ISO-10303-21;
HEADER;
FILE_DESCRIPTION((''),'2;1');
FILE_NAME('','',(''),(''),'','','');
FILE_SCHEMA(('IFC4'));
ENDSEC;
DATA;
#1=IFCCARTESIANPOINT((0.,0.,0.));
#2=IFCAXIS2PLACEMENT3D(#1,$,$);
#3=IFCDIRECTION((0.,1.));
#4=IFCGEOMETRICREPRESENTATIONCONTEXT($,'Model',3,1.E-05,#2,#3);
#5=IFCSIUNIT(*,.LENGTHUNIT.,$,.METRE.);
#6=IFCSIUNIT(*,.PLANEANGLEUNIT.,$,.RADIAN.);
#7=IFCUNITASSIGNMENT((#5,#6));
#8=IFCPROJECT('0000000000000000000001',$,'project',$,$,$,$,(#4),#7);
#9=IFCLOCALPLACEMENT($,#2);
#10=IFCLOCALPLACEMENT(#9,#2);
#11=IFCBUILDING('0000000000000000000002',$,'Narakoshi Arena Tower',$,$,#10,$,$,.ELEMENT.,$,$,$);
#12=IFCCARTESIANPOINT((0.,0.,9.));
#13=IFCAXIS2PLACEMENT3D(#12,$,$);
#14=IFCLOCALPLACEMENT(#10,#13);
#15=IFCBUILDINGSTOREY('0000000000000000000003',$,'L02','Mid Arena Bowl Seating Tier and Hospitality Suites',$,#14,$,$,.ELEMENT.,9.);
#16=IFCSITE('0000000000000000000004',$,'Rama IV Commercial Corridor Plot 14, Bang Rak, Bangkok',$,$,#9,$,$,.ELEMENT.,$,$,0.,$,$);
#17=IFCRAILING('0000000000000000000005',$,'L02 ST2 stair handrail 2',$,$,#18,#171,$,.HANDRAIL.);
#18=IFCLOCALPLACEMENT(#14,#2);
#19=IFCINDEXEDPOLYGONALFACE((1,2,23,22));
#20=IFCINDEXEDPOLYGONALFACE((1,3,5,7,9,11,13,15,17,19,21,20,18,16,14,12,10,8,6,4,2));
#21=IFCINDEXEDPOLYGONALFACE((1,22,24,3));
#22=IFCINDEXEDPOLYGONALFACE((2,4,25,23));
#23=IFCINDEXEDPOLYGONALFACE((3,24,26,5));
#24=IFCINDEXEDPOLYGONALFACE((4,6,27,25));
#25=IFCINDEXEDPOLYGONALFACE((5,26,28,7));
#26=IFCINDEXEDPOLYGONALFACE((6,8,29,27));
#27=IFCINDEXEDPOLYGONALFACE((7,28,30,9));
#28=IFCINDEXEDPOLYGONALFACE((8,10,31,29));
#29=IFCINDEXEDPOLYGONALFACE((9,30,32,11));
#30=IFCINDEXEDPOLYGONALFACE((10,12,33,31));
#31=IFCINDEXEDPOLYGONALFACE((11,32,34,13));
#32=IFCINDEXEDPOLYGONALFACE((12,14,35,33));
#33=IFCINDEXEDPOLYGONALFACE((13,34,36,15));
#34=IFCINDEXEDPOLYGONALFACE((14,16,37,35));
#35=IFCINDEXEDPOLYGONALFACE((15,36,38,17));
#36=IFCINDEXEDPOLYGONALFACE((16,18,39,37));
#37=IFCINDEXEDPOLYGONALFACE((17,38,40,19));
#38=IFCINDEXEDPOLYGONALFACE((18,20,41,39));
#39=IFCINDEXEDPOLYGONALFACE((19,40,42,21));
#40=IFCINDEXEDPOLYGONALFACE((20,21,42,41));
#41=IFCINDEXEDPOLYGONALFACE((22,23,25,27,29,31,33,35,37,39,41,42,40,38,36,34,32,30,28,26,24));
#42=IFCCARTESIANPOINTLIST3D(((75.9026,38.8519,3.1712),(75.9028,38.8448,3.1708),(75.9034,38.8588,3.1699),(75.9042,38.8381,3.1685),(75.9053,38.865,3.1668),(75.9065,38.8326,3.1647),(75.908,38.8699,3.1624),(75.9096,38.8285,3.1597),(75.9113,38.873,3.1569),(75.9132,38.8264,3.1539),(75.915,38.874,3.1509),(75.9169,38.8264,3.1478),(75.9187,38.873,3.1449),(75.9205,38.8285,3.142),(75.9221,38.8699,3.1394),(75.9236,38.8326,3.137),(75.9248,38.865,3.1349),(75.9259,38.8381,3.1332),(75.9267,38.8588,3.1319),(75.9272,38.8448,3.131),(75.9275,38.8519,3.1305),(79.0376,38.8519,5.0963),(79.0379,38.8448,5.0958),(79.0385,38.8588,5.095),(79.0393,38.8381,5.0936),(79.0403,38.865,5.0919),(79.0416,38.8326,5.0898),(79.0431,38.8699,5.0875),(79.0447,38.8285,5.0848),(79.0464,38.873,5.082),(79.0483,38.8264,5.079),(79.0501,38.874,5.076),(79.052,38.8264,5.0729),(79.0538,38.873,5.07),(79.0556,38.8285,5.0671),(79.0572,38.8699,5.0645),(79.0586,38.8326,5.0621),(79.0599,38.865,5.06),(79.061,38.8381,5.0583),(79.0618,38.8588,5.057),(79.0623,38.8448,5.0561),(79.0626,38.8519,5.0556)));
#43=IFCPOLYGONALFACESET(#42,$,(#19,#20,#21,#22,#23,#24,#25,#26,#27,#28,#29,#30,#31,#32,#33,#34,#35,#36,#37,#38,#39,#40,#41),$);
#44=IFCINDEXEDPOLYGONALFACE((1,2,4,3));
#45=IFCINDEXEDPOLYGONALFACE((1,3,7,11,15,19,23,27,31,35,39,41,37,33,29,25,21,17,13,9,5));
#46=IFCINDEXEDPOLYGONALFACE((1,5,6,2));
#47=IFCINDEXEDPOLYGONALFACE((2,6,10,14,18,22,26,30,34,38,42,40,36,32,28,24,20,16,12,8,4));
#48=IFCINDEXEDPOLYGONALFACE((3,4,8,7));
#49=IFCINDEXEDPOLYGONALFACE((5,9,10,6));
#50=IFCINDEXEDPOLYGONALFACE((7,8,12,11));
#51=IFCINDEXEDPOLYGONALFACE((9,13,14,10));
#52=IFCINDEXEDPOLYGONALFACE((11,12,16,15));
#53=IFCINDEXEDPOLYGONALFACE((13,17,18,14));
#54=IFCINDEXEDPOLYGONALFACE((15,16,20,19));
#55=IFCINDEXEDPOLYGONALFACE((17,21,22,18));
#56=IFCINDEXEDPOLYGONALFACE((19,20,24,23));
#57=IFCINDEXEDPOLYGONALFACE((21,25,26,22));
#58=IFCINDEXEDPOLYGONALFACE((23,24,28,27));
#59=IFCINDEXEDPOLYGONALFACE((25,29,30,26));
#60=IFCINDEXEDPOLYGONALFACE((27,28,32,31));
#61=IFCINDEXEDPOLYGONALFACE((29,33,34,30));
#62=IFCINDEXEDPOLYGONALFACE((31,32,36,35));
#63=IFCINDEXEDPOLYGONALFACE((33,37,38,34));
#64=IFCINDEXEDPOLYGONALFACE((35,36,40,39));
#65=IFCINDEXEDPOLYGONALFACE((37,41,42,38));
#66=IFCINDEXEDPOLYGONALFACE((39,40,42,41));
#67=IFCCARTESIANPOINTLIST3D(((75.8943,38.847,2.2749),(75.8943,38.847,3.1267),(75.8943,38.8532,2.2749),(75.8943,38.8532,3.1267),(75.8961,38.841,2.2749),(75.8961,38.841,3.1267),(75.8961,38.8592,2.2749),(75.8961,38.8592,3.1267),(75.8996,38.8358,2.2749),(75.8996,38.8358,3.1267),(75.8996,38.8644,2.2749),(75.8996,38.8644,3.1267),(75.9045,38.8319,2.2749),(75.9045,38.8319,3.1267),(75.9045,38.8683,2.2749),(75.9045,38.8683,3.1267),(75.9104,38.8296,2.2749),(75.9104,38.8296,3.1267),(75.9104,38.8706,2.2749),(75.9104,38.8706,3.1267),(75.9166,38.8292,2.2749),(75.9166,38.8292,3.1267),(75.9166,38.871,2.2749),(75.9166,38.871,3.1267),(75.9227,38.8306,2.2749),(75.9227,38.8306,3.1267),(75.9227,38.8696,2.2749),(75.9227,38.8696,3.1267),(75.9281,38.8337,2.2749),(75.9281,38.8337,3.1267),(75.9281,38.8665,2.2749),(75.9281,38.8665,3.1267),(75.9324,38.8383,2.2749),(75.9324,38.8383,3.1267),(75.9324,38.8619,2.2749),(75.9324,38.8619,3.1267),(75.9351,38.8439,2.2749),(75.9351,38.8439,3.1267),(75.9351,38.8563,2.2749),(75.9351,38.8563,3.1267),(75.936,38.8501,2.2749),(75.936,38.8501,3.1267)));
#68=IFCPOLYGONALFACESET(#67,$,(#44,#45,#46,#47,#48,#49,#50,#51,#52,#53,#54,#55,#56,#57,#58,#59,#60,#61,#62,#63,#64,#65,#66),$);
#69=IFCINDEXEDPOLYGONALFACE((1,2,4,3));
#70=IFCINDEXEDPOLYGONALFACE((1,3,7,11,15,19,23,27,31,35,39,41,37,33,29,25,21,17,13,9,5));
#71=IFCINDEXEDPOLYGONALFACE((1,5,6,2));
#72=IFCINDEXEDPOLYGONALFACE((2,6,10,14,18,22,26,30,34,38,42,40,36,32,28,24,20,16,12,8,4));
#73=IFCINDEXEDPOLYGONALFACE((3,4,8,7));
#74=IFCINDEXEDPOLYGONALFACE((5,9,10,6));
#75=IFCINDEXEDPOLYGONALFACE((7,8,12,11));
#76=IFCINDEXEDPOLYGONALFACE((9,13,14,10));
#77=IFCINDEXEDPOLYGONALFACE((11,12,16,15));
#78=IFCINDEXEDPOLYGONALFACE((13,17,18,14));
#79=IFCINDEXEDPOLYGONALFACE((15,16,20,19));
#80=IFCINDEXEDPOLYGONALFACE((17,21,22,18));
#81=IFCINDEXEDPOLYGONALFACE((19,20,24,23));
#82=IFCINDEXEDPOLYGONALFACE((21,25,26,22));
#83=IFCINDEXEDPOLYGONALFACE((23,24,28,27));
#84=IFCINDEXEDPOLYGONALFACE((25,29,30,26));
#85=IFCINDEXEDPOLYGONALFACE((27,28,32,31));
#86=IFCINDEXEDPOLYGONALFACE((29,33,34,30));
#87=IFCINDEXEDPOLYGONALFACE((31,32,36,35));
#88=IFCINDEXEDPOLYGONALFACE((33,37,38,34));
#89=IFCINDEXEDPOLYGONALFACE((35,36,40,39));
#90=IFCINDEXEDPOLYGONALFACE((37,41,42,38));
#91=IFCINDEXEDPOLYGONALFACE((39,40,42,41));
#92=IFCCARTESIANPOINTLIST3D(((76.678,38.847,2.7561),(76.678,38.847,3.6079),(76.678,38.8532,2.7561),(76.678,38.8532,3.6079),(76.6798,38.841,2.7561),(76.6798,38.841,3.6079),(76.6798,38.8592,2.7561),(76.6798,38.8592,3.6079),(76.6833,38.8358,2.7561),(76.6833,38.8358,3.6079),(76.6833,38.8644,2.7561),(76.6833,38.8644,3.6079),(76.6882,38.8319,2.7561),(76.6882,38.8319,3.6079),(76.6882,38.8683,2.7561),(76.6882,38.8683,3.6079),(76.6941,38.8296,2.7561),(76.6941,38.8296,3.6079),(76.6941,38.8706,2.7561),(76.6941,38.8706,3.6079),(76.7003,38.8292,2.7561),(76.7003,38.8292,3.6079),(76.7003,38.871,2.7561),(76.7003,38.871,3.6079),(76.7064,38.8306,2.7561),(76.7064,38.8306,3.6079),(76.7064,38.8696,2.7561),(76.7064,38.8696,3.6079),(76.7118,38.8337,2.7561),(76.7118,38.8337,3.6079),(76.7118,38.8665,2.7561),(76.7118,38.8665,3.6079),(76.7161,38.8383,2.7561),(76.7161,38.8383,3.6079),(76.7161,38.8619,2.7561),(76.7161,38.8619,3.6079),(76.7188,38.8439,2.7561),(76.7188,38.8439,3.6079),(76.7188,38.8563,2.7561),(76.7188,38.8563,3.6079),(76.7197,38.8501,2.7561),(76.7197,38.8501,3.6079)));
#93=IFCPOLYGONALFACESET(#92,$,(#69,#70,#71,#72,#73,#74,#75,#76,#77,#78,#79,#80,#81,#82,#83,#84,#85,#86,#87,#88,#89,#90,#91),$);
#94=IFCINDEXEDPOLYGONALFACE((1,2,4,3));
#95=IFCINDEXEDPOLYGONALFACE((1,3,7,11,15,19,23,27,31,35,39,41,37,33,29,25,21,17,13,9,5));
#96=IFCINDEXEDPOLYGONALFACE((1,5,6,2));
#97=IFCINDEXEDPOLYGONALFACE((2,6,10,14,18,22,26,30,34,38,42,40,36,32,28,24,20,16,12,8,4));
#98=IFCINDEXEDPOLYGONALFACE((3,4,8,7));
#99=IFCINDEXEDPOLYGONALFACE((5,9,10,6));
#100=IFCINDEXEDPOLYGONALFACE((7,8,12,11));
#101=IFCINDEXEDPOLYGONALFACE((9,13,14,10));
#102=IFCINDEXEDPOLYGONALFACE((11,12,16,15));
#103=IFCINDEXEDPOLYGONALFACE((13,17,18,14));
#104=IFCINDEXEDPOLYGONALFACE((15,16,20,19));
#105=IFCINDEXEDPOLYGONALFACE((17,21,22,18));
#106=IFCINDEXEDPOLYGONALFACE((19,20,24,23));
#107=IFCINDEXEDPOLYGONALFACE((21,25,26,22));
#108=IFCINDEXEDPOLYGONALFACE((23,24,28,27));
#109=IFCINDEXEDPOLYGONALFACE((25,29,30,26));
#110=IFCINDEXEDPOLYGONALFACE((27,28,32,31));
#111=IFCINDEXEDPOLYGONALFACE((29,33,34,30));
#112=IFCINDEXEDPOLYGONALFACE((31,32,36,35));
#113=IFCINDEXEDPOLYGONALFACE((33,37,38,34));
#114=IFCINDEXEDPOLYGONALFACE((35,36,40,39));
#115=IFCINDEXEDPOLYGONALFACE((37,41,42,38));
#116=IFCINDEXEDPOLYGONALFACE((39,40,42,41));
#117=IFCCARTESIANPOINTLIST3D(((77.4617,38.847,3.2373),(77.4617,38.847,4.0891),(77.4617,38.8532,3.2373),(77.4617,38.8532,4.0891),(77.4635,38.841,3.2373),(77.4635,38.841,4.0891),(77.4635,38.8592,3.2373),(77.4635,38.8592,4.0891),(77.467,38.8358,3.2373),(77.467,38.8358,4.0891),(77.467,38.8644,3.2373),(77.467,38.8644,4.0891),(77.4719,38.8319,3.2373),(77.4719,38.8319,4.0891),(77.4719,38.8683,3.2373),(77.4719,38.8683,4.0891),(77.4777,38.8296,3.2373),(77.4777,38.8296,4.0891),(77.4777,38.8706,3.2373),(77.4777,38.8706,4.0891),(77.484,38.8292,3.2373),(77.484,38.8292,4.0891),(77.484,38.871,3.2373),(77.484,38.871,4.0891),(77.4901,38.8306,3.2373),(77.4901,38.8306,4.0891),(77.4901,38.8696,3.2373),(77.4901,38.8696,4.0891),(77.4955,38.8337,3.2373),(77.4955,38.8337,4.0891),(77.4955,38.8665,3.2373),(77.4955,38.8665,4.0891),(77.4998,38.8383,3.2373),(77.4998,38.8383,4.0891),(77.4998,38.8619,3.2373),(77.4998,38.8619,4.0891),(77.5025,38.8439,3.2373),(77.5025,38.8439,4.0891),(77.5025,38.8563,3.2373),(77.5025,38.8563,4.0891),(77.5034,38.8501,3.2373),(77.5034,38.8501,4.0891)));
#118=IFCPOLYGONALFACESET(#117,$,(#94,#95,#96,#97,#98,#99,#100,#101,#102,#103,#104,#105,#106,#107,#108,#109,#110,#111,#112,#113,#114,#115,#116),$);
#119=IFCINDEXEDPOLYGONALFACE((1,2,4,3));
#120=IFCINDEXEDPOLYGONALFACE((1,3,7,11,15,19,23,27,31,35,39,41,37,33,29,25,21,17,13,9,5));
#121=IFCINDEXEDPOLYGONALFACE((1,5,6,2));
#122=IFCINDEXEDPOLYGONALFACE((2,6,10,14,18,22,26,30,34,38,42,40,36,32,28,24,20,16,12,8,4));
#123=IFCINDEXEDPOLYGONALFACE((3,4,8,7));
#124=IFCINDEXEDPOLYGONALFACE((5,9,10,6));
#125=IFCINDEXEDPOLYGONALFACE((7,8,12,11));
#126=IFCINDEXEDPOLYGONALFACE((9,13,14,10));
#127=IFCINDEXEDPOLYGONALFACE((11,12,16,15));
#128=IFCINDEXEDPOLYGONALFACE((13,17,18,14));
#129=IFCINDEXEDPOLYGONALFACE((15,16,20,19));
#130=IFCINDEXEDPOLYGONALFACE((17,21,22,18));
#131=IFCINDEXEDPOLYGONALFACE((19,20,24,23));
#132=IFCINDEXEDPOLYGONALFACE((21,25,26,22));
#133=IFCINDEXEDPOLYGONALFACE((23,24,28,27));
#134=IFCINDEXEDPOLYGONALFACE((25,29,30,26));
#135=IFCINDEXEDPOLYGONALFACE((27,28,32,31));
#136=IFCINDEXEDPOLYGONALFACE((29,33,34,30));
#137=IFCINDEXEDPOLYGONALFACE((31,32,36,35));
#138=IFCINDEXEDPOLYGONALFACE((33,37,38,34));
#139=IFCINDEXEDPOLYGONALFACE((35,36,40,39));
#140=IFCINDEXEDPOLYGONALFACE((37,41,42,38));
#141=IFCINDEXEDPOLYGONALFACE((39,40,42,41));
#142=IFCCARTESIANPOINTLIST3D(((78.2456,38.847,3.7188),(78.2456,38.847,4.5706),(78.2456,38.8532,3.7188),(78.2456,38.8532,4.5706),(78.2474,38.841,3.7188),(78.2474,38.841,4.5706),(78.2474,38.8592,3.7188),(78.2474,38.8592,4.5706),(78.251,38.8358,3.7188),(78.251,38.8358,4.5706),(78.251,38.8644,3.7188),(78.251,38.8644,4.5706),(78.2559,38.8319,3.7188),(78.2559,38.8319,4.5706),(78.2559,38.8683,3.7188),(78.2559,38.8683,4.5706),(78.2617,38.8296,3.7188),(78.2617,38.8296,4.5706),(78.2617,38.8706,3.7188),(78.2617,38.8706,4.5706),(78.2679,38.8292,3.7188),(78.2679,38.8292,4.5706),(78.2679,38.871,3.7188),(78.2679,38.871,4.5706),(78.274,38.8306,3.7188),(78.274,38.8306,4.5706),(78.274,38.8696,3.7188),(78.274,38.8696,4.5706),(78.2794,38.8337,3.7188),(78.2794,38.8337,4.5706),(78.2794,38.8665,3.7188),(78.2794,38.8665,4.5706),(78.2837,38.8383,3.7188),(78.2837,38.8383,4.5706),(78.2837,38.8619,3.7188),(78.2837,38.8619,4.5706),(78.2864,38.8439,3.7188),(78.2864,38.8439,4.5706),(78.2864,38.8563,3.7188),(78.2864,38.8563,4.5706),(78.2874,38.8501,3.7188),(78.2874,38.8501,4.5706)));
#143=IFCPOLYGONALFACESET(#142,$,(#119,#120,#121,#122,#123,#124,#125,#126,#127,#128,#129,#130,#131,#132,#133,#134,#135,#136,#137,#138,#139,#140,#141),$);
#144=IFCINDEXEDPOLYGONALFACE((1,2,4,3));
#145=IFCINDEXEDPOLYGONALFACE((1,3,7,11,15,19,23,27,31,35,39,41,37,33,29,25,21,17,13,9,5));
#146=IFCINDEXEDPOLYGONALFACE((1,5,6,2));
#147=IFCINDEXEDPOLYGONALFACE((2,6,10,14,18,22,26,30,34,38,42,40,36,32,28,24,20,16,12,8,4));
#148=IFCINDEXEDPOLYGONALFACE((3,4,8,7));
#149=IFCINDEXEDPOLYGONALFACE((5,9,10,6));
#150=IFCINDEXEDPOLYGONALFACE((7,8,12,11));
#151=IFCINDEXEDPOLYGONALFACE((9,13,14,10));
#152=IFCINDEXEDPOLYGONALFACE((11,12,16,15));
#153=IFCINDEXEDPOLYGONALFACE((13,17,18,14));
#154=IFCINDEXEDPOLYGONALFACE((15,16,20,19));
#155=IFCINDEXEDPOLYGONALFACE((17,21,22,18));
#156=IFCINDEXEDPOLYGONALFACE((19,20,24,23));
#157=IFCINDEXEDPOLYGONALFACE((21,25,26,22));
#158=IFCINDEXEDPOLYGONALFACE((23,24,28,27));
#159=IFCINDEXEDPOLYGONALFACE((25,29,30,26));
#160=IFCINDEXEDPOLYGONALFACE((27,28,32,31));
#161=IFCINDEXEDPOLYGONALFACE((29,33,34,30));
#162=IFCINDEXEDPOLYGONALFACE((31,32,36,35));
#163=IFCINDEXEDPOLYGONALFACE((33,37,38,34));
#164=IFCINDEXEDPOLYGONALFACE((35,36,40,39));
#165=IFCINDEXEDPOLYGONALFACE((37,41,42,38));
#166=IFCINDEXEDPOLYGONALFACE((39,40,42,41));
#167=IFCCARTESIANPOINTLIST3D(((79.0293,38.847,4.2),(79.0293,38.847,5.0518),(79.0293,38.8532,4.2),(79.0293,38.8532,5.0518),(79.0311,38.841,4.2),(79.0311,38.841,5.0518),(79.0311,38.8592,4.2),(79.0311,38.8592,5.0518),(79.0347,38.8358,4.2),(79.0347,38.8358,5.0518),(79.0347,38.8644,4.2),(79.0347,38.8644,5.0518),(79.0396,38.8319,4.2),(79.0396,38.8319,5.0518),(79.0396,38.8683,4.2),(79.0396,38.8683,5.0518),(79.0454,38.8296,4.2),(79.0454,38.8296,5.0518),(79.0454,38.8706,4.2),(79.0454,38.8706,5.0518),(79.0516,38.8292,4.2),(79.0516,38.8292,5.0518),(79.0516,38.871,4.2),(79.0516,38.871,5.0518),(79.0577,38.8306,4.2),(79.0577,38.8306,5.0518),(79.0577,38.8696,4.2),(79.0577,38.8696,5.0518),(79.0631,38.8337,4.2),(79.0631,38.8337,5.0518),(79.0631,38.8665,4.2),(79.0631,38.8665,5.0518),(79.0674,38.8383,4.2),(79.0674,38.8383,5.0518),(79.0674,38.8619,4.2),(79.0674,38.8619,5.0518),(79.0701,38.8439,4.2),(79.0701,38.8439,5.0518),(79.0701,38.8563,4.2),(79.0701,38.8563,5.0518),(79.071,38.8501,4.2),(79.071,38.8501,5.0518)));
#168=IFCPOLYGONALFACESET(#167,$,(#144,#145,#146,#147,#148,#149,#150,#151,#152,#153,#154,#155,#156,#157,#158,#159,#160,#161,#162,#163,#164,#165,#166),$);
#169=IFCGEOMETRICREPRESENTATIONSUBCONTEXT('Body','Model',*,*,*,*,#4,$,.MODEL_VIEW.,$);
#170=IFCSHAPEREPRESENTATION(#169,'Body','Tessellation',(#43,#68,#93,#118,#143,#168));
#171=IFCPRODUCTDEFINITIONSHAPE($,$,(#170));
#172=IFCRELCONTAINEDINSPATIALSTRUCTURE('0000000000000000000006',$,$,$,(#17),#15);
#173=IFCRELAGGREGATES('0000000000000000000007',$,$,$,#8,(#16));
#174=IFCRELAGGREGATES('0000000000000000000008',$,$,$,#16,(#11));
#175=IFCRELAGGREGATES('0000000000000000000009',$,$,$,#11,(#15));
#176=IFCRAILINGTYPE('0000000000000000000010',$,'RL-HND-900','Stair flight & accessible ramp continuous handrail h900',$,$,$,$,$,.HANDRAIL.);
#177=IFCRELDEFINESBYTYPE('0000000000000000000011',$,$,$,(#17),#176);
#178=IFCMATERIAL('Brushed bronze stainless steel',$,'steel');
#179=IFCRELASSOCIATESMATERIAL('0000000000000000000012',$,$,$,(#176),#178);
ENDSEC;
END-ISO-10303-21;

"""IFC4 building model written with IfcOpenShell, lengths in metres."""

from ifc_helpers import new_model, si_unit, direction, frame, origin, origin_2d, place, context, subcontext, project, spatial, circle, extrude, material, type_object, element, save


model = new_model("IFC4")

# Units and contexts
model_context = context("Model", 3, precision=1e-05, world=origin(), true_north=direction((0.0, 1.0)))
body_context = subcontext(model_context, "Body", "Model", "MODEL_VIEW")
ifc_project = project(units=[si_unit("LENGTHUNIT", "METRE"), si_unit("PLANEANGLEUNIT", "RADIAN")], contexts=[model_context])

# Site, building, storey
site_placement = place(None, origin())
site = spatial("IfcSite", under=ifc_project, at=site_placement, Name="Rama IV Commercial Corridor Plot 14, Bang Rak, Bangkok", CompositionType="ELEMENT", RefElevation=0.0)
building_placement = place(site_placement, origin())
building = spatial("IfcBuilding", under=site, at=building_placement, Name="Narakoshi Arena Tower", CompositionType="ELEMENT")
storey_placement = place(building_placement, frame((0.0, 0.0, 9.0)))
storey = spatial("IfcBuildingStorey", under=building, at=storey_placement, Name="L02", Description="Mid Arena Bowl Seating Tier and Hospitality Suites", CompositionType="ELEMENT", Elevation=9.0)

# Railing
ifc_material_1 = material(Name="Brushed bronze stainless steel", Category="steel")
railing_type_1 = type_object("IfcRailingType", Name="RL-HND-900", Description="Stair flight & accessible ramp continuous handrail h900", PredefinedType="HANDRAIL", material=ifc_material_1)
railing_1_placement = place(storey_placement, frame((75.915, 38.8501, 2.2749)))
element("IfcRailing", 1, at=railing_1_placement, inside=storey, type_object=railing_type_1, Name="L02 ST2 stair handrail 2", PredefinedType="HANDRAIL", context=body_context, shape_type="SweptSolid", body=[
    extrude(circle(Radius=0.0239, at=origin_2d()), frame((0.0, 0.0, 0.876), z_axis=(0.852166, 0.0, 0.523271), x_axis=(0.0, 1.0, 0.0)), (0.0, 0.0, 1.0), 3.679),
    extrude(circle(Radius=0.021, at=origin_2d()), origin(), (0.0, 0.0, 1.0), 0.8518),
    extrude(circle(Radius=0.021, at=origin_2d()), frame((0.7837, 0.0, 0.4812)), (0.0, 0.0, 1.0), 0.8518),
    extrude(circle(Radius=0.021, at=origin_2d()), frame((1.5674, 0.0, 0.9624)), (0.0, 0.0, 1.0), 0.8518),
    extrude(circle(Radius=0.021, at=origin_2d()), frame((2.3513, 0.0, 1.4438)), (0.0, 0.0, 1.0), 0.8518),
    extrude(circle(Radius=0.021, at=origin_2d()), frame((3.135, 0.0, 1.925)), (0.0, 0.0, 1.0), 0.8518),
])

save(model, "model.ifc")
